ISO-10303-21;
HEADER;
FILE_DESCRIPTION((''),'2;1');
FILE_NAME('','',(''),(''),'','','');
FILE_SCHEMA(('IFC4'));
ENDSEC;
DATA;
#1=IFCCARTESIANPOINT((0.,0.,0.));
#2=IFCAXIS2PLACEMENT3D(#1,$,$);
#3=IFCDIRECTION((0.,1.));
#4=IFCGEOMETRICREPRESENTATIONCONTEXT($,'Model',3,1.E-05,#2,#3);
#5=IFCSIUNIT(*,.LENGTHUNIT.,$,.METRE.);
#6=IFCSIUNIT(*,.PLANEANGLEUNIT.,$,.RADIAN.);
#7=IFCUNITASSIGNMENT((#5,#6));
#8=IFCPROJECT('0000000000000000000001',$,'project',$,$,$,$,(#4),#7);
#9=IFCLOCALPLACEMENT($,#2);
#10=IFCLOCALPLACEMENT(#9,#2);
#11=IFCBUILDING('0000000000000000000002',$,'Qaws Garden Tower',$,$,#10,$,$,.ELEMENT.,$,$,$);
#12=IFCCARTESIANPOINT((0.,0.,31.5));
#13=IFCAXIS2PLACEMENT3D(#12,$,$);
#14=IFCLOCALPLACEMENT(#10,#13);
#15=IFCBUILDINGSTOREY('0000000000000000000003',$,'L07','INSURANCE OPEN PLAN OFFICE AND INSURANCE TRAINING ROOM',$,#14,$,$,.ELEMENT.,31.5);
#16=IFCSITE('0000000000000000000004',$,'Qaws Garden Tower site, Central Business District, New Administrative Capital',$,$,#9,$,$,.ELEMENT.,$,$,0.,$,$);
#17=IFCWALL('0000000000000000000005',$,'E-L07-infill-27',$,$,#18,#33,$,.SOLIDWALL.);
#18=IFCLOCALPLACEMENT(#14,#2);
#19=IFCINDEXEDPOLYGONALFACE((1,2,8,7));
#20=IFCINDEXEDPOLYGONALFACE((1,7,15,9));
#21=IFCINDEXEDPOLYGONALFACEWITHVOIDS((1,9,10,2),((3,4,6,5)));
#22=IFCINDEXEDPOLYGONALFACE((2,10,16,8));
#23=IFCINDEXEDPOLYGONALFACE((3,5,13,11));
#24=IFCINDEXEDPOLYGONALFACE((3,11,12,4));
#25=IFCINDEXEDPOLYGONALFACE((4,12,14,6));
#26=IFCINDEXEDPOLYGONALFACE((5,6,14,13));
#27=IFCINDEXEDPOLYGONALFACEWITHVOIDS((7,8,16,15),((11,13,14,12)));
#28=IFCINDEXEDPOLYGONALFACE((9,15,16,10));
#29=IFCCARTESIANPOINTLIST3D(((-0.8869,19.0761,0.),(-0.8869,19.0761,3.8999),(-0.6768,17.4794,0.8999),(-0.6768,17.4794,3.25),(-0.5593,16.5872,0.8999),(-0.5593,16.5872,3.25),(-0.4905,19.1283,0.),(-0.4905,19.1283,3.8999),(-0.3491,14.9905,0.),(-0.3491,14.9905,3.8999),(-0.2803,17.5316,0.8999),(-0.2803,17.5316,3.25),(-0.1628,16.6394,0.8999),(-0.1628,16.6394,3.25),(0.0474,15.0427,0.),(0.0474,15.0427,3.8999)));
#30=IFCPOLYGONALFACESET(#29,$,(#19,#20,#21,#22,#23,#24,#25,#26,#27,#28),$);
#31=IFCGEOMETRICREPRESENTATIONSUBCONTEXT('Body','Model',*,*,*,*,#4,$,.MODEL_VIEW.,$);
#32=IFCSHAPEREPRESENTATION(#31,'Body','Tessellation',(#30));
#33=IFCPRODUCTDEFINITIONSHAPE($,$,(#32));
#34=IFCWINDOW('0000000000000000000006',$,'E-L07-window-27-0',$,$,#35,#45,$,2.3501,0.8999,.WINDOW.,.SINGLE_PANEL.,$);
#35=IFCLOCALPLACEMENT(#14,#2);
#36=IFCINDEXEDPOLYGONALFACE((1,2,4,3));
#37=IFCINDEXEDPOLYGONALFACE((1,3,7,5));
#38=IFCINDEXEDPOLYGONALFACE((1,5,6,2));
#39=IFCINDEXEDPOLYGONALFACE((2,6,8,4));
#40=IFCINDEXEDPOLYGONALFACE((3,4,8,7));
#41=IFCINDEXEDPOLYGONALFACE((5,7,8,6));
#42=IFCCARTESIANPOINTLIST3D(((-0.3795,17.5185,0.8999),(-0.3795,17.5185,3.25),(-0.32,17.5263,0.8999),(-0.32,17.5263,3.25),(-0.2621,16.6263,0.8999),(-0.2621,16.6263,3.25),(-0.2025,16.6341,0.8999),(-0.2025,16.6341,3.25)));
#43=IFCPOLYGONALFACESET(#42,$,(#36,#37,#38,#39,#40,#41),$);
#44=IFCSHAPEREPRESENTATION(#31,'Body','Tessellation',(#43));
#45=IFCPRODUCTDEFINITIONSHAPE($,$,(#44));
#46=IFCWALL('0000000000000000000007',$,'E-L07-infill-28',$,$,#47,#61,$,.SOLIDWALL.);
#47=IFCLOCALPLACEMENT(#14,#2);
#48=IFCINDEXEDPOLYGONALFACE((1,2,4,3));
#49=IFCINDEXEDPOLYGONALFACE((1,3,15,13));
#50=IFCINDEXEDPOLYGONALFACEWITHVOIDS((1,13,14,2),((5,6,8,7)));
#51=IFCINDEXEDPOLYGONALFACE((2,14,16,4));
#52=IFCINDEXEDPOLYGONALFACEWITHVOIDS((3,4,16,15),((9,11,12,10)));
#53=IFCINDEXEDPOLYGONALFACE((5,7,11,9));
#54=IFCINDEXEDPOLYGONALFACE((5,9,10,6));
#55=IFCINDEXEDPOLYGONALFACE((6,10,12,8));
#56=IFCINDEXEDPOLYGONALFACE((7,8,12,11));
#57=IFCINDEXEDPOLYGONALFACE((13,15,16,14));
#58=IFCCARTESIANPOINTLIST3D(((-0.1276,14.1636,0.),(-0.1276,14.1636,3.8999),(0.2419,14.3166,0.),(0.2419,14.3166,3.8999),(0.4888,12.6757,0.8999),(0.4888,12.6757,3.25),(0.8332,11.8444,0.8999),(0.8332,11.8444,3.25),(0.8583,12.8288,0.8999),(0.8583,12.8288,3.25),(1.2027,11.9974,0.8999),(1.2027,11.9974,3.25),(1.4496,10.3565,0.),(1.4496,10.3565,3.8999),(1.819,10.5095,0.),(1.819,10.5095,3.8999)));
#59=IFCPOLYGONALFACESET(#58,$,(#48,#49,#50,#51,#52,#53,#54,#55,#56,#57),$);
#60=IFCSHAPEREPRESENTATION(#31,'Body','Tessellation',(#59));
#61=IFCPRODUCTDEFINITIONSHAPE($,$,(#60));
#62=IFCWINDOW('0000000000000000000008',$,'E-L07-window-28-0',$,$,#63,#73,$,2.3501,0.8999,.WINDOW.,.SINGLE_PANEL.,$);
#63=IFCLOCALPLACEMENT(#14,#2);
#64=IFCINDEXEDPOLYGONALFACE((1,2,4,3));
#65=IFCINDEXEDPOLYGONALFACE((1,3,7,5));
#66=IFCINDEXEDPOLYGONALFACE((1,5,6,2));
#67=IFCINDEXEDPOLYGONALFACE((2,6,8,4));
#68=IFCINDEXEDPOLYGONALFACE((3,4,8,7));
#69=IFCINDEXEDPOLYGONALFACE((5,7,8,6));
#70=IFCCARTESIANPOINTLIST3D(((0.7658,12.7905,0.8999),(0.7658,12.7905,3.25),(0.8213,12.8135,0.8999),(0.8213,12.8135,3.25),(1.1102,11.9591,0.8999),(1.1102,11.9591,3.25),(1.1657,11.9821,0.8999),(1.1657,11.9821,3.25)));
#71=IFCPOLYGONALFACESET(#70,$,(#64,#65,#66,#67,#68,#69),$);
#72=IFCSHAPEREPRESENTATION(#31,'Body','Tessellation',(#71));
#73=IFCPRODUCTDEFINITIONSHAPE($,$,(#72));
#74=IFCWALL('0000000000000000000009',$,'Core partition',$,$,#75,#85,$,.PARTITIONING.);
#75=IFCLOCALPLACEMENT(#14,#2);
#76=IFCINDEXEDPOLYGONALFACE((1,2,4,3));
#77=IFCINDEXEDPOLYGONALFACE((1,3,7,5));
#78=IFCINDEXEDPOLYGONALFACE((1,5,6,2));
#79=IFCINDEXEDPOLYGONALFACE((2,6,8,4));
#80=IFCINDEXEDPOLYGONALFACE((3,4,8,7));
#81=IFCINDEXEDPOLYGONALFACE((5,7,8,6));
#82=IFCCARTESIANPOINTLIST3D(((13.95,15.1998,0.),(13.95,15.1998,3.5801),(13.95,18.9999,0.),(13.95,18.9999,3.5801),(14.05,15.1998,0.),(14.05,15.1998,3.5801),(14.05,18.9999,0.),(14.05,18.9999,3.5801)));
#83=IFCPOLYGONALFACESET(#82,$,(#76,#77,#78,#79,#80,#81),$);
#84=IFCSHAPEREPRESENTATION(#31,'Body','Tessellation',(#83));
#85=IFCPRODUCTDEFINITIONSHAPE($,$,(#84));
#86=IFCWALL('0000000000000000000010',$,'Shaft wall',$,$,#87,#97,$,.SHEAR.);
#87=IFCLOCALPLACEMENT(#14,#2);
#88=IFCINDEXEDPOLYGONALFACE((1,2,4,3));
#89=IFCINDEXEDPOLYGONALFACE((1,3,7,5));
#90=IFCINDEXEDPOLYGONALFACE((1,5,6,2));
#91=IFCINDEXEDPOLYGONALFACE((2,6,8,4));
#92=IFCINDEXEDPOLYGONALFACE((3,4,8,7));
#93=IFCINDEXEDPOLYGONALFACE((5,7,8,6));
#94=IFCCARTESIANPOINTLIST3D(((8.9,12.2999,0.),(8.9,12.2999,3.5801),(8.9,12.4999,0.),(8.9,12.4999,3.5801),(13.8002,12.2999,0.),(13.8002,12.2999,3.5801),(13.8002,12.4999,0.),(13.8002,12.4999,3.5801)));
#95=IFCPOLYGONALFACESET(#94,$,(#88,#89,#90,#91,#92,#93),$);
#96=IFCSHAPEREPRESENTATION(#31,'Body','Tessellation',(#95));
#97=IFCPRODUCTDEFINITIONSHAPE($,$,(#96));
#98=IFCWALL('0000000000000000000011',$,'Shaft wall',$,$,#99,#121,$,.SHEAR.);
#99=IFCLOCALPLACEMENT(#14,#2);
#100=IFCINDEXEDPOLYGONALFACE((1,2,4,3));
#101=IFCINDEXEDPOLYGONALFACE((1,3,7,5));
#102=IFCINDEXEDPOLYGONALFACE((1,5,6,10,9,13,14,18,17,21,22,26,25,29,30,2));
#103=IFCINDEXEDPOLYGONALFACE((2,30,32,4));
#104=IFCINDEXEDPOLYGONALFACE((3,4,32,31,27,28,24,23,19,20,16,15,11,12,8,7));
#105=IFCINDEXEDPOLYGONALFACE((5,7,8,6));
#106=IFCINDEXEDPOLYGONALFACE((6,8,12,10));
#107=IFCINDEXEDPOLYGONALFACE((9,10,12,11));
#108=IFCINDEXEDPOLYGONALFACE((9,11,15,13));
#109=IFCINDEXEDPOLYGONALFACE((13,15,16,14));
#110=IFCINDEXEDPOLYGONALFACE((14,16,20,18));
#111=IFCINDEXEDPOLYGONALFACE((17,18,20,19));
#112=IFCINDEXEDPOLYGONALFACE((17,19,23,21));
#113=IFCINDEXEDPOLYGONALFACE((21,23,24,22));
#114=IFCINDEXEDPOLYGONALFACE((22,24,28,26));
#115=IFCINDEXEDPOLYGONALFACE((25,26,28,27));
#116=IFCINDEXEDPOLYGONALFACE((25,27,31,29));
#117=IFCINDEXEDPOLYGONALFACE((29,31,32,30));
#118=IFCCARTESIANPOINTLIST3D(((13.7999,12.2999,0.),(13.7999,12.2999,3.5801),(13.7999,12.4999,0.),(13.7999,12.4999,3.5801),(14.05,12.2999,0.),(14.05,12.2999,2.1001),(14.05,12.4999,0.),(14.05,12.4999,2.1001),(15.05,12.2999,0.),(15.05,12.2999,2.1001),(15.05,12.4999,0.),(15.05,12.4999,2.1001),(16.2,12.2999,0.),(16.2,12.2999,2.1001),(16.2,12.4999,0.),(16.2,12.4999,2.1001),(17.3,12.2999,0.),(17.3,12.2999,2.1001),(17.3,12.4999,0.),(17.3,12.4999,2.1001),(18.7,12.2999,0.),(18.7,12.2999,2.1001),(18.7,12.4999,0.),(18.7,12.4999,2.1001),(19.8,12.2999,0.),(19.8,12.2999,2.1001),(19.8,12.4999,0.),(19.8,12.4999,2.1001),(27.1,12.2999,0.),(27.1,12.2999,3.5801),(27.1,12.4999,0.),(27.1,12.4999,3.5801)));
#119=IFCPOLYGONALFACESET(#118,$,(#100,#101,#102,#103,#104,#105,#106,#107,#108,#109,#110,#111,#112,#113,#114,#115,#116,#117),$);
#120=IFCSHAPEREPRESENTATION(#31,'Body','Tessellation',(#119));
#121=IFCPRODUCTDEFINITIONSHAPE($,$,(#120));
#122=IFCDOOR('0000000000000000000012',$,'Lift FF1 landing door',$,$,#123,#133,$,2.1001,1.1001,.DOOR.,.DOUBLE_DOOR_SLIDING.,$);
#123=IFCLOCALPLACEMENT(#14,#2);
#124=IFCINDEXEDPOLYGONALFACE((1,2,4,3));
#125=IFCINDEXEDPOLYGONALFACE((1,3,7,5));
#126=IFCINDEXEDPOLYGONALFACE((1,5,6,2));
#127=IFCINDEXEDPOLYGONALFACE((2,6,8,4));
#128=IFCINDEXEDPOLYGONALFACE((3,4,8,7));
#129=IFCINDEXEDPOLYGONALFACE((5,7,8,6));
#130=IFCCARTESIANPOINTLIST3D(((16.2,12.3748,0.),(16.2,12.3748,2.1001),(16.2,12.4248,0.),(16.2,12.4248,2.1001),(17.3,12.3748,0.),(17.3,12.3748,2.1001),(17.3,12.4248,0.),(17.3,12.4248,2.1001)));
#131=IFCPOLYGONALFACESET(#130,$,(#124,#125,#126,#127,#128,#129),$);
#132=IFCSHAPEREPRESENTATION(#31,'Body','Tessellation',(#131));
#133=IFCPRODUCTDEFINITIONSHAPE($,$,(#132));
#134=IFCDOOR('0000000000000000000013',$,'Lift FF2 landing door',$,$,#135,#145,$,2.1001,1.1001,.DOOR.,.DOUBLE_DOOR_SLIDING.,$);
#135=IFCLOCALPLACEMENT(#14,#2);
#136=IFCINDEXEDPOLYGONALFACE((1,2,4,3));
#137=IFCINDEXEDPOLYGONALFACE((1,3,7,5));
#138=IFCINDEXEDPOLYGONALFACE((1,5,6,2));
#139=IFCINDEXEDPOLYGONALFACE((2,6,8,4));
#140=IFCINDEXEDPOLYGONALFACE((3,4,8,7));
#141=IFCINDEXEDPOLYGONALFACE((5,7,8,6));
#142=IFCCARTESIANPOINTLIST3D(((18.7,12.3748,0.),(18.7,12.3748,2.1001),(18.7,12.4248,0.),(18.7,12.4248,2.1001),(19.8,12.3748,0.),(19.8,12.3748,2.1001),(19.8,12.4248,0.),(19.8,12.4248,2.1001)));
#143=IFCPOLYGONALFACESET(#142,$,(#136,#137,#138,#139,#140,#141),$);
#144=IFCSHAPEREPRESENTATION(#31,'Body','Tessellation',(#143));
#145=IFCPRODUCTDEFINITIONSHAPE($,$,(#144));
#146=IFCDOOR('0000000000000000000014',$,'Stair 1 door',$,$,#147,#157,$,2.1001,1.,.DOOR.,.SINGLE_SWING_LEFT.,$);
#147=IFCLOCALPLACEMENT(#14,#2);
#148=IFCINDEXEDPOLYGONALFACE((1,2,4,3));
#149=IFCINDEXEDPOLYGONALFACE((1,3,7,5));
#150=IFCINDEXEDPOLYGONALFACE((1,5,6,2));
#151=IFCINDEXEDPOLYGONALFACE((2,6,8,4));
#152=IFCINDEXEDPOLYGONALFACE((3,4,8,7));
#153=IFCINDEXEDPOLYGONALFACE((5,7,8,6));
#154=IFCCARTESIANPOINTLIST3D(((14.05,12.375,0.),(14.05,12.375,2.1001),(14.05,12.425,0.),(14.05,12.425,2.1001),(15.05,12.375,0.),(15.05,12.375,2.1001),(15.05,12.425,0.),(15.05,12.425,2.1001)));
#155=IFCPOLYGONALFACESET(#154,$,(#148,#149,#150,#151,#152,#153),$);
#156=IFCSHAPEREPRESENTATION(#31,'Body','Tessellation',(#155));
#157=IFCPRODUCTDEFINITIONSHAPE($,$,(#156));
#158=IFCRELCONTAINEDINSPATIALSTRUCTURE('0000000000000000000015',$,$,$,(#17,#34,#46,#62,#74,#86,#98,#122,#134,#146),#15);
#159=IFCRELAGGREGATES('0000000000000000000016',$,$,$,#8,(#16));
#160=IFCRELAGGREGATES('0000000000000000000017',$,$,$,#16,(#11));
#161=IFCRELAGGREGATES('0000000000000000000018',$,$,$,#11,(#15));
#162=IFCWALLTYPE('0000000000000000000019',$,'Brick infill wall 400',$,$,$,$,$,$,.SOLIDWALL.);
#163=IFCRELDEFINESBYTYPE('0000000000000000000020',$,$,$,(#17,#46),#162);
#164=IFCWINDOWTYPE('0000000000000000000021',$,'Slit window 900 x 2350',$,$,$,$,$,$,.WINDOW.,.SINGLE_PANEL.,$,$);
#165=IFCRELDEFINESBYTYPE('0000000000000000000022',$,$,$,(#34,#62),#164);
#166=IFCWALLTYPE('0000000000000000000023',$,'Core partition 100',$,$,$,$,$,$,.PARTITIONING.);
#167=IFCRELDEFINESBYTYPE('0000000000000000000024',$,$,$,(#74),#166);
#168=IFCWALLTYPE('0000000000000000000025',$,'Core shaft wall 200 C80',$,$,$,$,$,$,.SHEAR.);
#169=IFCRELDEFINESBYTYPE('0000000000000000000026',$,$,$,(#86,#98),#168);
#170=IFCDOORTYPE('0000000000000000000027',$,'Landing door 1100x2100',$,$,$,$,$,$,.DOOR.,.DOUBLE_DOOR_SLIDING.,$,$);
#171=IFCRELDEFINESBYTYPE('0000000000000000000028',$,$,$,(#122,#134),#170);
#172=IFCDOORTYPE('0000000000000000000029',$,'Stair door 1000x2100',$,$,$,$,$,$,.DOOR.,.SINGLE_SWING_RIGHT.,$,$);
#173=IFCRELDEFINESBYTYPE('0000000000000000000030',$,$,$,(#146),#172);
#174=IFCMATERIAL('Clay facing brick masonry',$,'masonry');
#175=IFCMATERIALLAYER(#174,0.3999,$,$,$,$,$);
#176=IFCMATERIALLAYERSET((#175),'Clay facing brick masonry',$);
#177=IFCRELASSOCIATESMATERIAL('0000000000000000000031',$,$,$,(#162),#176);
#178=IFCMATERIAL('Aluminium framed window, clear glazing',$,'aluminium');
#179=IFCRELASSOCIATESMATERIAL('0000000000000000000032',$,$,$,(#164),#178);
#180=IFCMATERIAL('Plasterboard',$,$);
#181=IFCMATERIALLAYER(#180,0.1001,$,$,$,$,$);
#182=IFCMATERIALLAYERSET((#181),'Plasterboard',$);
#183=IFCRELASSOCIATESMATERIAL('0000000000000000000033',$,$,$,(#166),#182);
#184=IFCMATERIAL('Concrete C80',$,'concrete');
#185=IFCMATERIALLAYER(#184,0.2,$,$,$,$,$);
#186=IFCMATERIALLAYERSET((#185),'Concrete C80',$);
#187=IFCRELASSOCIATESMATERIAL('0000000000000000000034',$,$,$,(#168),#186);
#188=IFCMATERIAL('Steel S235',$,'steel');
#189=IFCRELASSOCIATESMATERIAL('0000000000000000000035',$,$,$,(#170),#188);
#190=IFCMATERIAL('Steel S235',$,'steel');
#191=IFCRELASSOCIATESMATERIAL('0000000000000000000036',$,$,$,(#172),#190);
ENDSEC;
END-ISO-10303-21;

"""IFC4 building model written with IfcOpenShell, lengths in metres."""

from ifc_helpers import new_model, si_unit, direction, frame, frame_2d, origin, place, context, subcontext, project, spatial, rectangle, extrude, material, layer, layer_set, type_object, element, fill, save


model = new_model("IFC4")

# Units and contexts
model_context = context("Model", 3, precision=1e-05, world=origin(), true_north=direction((0.0, 1.0)))
body_context = subcontext(model_context, "Body", "Model", "MODEL_VIEW")
ifc_project = project(units=[si_unit("LENGTHUNIT", "METRE"), si_unit("PLANEANGLEUNIT", "RADIAN")], contexts=[model_context])

# Site, building, storey
site_placement = place(None, origin())
site = spatial("IfcSite", under=ifc_project, at=site_placement, Name="Qaws Garden Tower site, Central Business District, New Administrative Capital", CompositionType="ELEMENT", RefElevation=0.0)
building_placement = place(site_placement, origin())
building = spatial("IfcBuilding", under=site, at=building_placement, Name="Qaws Garden Tower", CompositionType="ELEMENT")
storey_placement = place(building_placement, frame((0.0, 0.0, 31.5)))
storey = spatial("IfcBuildingStorey", under=building, at=storey_placement, Name="L07", Description="INSURANCE OPEN PLAN OFFICE AND INSURANCE TRAINING ROOM", CompositionType="ELEMENT", Elevation=31.5)

# Walls, openings, windows
ifc_material_1 = material(Name="Clay facing brick masonry", Category="masonry")
ifc_layer_1 = layer(ifc_material_1, 0.3999)
ifc_layer_set_1 = layer_set([ifc_layer_1], Name="Clay facing brick masonry")
wall_type_1 = type_object("IfcWallType", Name="Brick infill wall 400", PredefinedType="SOLIDWALL", material=ifc_layer_set_1)
wall_1_placement = place(storey_placement, frame((-0.6887, 19.1023, 0.0), z_axis=(0.0, 0.0, 1.0), x_axis=(0.130514, -0.991446, 0.0)))
wall_1 = element("IfcWall", 1, at=wall_1_placement, inside=storey, type_object=wall_type_1, Name="E-L07-infill-27", PredefinedType="SOLIDWALL", context=body_context, shape_type="SweptSolid", body=[
    extrude(rectangle(XDim=4.1208, YDim=0.3999, at=frame_2d((2.0605, 0.0))), origin(), (0.0, 0.0, 1.0), 3.8999),
])
opening_1_placement = place(wall_1_placement, frame((1.6106, 0.0, 0.8999)))
opening_1 = element("IfcOpeningElement", 2, at=opening_1_placement, cuts=wall_1, PredefinedType="OPENING", context=body_context, shape_type="SweptSolid", body=[
    extrude(rectangle(XDim=0.8999, YDim=2.3501, at=frame_2d((0.45, 1.175))), frame((0.0, 0.21, 0.0), z_axis=(0.0, -1.0, 0.0), x_axis=(1.0, 0.0, 0.0)), (0.0, 0.0, 1.0), 0.4199),
])
ifc_material_2 = material(Name="Aluminium framed window, clear glazing", Category="aluminium")
window_type = type_object("IfcWindowType", Name="Slit window 900 x 2350", PartitioningType="SINGLE_PANEL", PredefinedType="WINDOW", material=ifc_material_2)
window_1_placement = place(opening_1_placement, origin())
window_1 = element("IfcWindow", 3, at=window_1_placement, inside=storey, type_object=window_type, Name="E-L07-window-27-0", OverallHeight=2.3501, OverallWidth=0.8999, PartitioningType="SINGLE_PANEL", PredefinedType="WINDOW", context=body_context, shape_type="SweptSolid", body=[
    extrude(rectangle(XDim=0.8999, YDim=2.3501, at=frame_2d((0.45, 1.175))), frame((0.0, 0.1599, 0.0), z_axis=(0.0, -1.0, 0.0), x_axis=(1.0, 0.0, 0.0)), (0.0, 0.0, 1.0), 0.0601),
])
fill(opening_1, window_1)
wall_2_placement = place(storey_placement, frame((0.0571, 14.2402, 0.0), z_axis=(0.0, 0.0, 1.0), x_axis=(0.382722, -0.923864, 0.0)))
wall_2 = element("IfcWall", 4, at=wall_2_placement, inside=storey, type_object=wall_type_1, Name="E-L07-infill-28", PredefinedType="SOLIDWALL", context=body_context, shape_type="SweptSolid", body=[
    extrude(rectangle(XDim=4.1208, YDim=0.3999, at=frame_2d((2.0605, 0.0))), origin(), (0.0, 0.0, 1.0), 3.8999),
])
opening_2_placement = place(wall_2_placement, frame((1.6106, 0.0, 0.8999)))
opening_2 = element("IfcOpeningElement", 5, at=opening_2_placement, cuts=wall_2, PredefinedType="OPENING", context=body_context, shape_type="SweptSolid", body=[
    extrude(rectangle(XDim=0.8999, YDim=2.3501, at=frame_2d((0.45, 1.175))), frame((0.0, 0.21, 0.0), z_axis=(0.0, -1.0, 0.0), x_axis=(1.0, 0.0, 0.0)), (0.0, 0.0, 1.0), 0.4199),
])
window_2_placement = place(opening_2_placement, origin())
window_2 = element("IfcWindow", 6, at=window_2_placement, inside=storey, type_object=window_type, Name="E-L07-window-28-0", OverallHeight=2.3501, OverallWidth=0.8999, PartitioningType="SINGLE_PANEL", PredefinedType="WINDOW", context=body_context, shape_type="SweptSolid", body=[
    extrude(rectangle(XDim=0.8999, YDim=2.3501, at=frame_2d((0.45, 1.175))), frame((0.0, 0.1599, 0.0), z_axis=(0.0, -1.0, 0.0), x_axis=(1.0, 0.0, 0.0)), (0.0, 0.0, 1.0), 0.0601),
])
fill(opening_2, window_2)

# Walls
ifc_material_3 = material(Name="Plasterboard")
ifc_layer_2 = layer(ifc_material_3, 0.1001)
ifc_layer_set_2 = layer_set([ifc_layer_2], Name="Plasterboard")
wall_type_2 = type_object("IfcWallType", Name="Core partition 100", PredefinedType="PARTITIONING", material=ifc_layer_set_2)
wall_3_placement = place(storey_placement, frame((14.0, 15.2, 0.0), z_axis=(0.0, 0.0, 1.0), x_axis=(0.0, 1.0, 0.0)))
element("IfcWall", 7, at=wall_3_placement, inside=storey, type_object=wall_type_2, Name="Core partition", PredefinedType="PARTITIONING", context=body_context, shape_type="SweptSolid", body=[
    extrude(rectangle(XDim=3.8, YDim=0.1001, at=frame_2d((1.8999, 0.0))), origin(), (0.0, 0.0, 1.0), 3.5801),
])
ifc_material_4 = material(Name="Concrete C80", Category="concrete")
ifc_layer_3 = layer(ifc_material_4, 0.2)
ifc_layer_set_3 = layer_set([ifc_layer_3], Name="Concrete C80")
wall_type_3 = type_object("IfcWallType", Name="Core shaft wall 200 C80", PredefinedType="SHEAR", material=ifc_layer_set_3)
wall_4_placement = place(storey_placement, frame((8.8999, 12.3999, 0.0), z_axis=(0.0, 0.0, 1.0), x_axis=(1.0, 0.0, 0.0)))
element("IfcWall", 8, at=wall_4_placement, inside=storey, type_object=wall_type_3, Name="Shaft wall", PredefinedType="SHEAR", context=body_context, shape_type="SweptSolid", body=[
    extrude(rectangle(XDim=4.9001, YDim=0.2, at=frame_2d((2.4502, 0.0))), origin(), (0.0, 0.0, 1.0), 3.5801),
])

# Wall, openings, doors
wall_5_placement = place(storey_placement, frame((13.8, 12.3999, 0.0), z_axis=(0.0, 0.0, 1.0), x_axis=(1.0, 0.0, 0.0)))
wall_5 = element("IfcWall", 9, at=wall_5_placement, inside=storey, type_object=wall_type_3, Name="Shaft wall", PredefinedType="SHEAR", context=body_context, shape_type="SweptSolid", body=[
    extrude(rectangle(XDim=13.3, YDim=0.2, at=frame_2d((6.6499, 0.0))), origin(), (0.0, 0.0, 1.0), 3.5801),
])
opening_3_placement = place(wall_5_placement, frame((2.3999, 0.0, 0.0)))
opening_3 = element("IfcOpeningElement", 10, at=opening_3_placement, cuts=wall_5, PredefinedType="OPENING", context=body_context, shape_type="SweptSolid", body=[
    extrude(rectangle(XDim=1.1001, YDim=2.1001, at=frame_2d((0.55, 1.05))), frame((0.0, 0.1099, 0.0), z_axis=(0.0, -1.0, 0.0), x_axis=(1.0, 0.0, 0.0)), (0.0, 0.0, 1.0), 0.22),
])
opening_4_placement = place(wall_5_placement, frame((4.8999, 0.0, 0.0)))
opening_4 = element("IfcOpeningElement", 11, at=opening_4_placement, cuts=wall_5, PredefinedType="OPENING", context=body_context, shape_type="SweptSolid", body=[
    extrude(rectangle(XDim=1.1001, YDim=2.1001, at=frame_2d((0.55, 1.05))), frame((0.0, 0.1099, 0.0), z_axis=(0.0, -1.0, 0.0), x_axis=(1.0, 0.0, 0.0)), (0.0, 0.0, 1.0), 0.22),
])
opening_5_placement = place(wall_5_placement, frame((0.25, 0.0, 0.0)))
opening_5 = element("IfcOpeningElement", 12, at=opening_5_placement, cuts=wall_5, PredefinedType="OPENING", context=body_context, shape_type="SweptSolid", body=[
    extrude(rectangle(XDim=1.0, YDim=2.1001, at=frame_2d((0.5, 1.05))), frame((0.0, 0.1099, 0.0), z_axis=(0.0, -1.0, 0.0), x_axis=(1.0, 0.0, 0.0)), (0.0, 0.0, 1.0), 0.22),
])
ifc_material_5 = material(Name="Steel S235", Category="steel")
door_type_1 = type_object("IfcDoorType", Name="Landing door 1100x2100", OperationType="DOUBLE_DOOR_SLIDING", PredefinedType="DOOR", material=ifc_material_5)
door_1_placement = place(opening_3_placement, origin())
door_1 = element("IfcDoor", 13, at=door_1_placement, inside=storey, type_object=door_type_1, Name="Lift FF1 landing door", OperationType="DOUBLE_DOOR_SLIDING", OverallHeight=2.1001, OverallWidth=1.1001, PredefinedType="DOOR", context=body_context, shape_type="SweptSolid", body=[
    extrude(rectangle(XDim=1.1001, YDim=2.1001, at=frame_2d((0.55, 1.05))), frame((0.0, 0.0249, 0.0), z_axis=(0.0, -1.0, 0.0), x_axis=(1.0, 0.0, 0.0)), (0.0, 0.0, 1.0), 0.05),
])
fill(opening_3, door_1)
door_2_placement = place(opening_4_placement, origin())
door_2 = element("IfcDoor", 14, at=door_2_placement, inside=storey, type_object=door_type_1, Name="Lift FF2 landing door", OperationType="DOUBLE_DOOR_SLIDING", OverallHeight=2.1001, OverallWidth=1.1001, PredefinedType="DOOR", context=body_context, shape_type="SweptSolid", body=[
    extrude(rectangle(XDim=1.1001, YDim=2.1001, at=frame_2d((0.55, 1.05))), frame((0.0, 0.0249, 0.0), z_axis=(0.0, -1.0, 0.0), x_axis=(1.0, 0.0, 0.0)), (0.0, 0.0, 1.0), 0.05),
])
fill(opening_4, door_2)
ifc_material_6 = material(Name="Steel S235", Category="steel")
door_type_2 = type_object("IfcDoorType", Name="Stair door 1000x2100", OperationType="SINGLE_SWING_RIGHT", PredefinedType="DOOR", material=ifc_material_6)
door_3_placement = place(opening_5_placement, frame((1.0, 0.0, 0.0), z_axis=(0.0, 0.0, 1.0), x_axis=(-1.0, 0.0, 0.0)))
door_3 = element("IfcDoor", 15, at=door_3_placement, inside=storey, type_object=door_type_2, Name="Stair 1 door", OperationType="SINGLE_SWING_LEFT", OverallHeight=2.1001, OverallWidth=1.0, PredefinedType="DOOR", context=body_context, shape_type="SweptSolid", body=[
    extrude(rectangle(XDim=1.0, YDim=2.1001, at=frame_2d((0.5, 1.05))), frame((0.0, 0.0249, 0.0), z_axis=(0.0, -1.0, 0.0), x_axis=(1.0, 0.0, 0.0)), (0.0, 0.0, 1.0), 0.05),
])
fill(opening_5, door_3)

save(model, "model.ifc")
